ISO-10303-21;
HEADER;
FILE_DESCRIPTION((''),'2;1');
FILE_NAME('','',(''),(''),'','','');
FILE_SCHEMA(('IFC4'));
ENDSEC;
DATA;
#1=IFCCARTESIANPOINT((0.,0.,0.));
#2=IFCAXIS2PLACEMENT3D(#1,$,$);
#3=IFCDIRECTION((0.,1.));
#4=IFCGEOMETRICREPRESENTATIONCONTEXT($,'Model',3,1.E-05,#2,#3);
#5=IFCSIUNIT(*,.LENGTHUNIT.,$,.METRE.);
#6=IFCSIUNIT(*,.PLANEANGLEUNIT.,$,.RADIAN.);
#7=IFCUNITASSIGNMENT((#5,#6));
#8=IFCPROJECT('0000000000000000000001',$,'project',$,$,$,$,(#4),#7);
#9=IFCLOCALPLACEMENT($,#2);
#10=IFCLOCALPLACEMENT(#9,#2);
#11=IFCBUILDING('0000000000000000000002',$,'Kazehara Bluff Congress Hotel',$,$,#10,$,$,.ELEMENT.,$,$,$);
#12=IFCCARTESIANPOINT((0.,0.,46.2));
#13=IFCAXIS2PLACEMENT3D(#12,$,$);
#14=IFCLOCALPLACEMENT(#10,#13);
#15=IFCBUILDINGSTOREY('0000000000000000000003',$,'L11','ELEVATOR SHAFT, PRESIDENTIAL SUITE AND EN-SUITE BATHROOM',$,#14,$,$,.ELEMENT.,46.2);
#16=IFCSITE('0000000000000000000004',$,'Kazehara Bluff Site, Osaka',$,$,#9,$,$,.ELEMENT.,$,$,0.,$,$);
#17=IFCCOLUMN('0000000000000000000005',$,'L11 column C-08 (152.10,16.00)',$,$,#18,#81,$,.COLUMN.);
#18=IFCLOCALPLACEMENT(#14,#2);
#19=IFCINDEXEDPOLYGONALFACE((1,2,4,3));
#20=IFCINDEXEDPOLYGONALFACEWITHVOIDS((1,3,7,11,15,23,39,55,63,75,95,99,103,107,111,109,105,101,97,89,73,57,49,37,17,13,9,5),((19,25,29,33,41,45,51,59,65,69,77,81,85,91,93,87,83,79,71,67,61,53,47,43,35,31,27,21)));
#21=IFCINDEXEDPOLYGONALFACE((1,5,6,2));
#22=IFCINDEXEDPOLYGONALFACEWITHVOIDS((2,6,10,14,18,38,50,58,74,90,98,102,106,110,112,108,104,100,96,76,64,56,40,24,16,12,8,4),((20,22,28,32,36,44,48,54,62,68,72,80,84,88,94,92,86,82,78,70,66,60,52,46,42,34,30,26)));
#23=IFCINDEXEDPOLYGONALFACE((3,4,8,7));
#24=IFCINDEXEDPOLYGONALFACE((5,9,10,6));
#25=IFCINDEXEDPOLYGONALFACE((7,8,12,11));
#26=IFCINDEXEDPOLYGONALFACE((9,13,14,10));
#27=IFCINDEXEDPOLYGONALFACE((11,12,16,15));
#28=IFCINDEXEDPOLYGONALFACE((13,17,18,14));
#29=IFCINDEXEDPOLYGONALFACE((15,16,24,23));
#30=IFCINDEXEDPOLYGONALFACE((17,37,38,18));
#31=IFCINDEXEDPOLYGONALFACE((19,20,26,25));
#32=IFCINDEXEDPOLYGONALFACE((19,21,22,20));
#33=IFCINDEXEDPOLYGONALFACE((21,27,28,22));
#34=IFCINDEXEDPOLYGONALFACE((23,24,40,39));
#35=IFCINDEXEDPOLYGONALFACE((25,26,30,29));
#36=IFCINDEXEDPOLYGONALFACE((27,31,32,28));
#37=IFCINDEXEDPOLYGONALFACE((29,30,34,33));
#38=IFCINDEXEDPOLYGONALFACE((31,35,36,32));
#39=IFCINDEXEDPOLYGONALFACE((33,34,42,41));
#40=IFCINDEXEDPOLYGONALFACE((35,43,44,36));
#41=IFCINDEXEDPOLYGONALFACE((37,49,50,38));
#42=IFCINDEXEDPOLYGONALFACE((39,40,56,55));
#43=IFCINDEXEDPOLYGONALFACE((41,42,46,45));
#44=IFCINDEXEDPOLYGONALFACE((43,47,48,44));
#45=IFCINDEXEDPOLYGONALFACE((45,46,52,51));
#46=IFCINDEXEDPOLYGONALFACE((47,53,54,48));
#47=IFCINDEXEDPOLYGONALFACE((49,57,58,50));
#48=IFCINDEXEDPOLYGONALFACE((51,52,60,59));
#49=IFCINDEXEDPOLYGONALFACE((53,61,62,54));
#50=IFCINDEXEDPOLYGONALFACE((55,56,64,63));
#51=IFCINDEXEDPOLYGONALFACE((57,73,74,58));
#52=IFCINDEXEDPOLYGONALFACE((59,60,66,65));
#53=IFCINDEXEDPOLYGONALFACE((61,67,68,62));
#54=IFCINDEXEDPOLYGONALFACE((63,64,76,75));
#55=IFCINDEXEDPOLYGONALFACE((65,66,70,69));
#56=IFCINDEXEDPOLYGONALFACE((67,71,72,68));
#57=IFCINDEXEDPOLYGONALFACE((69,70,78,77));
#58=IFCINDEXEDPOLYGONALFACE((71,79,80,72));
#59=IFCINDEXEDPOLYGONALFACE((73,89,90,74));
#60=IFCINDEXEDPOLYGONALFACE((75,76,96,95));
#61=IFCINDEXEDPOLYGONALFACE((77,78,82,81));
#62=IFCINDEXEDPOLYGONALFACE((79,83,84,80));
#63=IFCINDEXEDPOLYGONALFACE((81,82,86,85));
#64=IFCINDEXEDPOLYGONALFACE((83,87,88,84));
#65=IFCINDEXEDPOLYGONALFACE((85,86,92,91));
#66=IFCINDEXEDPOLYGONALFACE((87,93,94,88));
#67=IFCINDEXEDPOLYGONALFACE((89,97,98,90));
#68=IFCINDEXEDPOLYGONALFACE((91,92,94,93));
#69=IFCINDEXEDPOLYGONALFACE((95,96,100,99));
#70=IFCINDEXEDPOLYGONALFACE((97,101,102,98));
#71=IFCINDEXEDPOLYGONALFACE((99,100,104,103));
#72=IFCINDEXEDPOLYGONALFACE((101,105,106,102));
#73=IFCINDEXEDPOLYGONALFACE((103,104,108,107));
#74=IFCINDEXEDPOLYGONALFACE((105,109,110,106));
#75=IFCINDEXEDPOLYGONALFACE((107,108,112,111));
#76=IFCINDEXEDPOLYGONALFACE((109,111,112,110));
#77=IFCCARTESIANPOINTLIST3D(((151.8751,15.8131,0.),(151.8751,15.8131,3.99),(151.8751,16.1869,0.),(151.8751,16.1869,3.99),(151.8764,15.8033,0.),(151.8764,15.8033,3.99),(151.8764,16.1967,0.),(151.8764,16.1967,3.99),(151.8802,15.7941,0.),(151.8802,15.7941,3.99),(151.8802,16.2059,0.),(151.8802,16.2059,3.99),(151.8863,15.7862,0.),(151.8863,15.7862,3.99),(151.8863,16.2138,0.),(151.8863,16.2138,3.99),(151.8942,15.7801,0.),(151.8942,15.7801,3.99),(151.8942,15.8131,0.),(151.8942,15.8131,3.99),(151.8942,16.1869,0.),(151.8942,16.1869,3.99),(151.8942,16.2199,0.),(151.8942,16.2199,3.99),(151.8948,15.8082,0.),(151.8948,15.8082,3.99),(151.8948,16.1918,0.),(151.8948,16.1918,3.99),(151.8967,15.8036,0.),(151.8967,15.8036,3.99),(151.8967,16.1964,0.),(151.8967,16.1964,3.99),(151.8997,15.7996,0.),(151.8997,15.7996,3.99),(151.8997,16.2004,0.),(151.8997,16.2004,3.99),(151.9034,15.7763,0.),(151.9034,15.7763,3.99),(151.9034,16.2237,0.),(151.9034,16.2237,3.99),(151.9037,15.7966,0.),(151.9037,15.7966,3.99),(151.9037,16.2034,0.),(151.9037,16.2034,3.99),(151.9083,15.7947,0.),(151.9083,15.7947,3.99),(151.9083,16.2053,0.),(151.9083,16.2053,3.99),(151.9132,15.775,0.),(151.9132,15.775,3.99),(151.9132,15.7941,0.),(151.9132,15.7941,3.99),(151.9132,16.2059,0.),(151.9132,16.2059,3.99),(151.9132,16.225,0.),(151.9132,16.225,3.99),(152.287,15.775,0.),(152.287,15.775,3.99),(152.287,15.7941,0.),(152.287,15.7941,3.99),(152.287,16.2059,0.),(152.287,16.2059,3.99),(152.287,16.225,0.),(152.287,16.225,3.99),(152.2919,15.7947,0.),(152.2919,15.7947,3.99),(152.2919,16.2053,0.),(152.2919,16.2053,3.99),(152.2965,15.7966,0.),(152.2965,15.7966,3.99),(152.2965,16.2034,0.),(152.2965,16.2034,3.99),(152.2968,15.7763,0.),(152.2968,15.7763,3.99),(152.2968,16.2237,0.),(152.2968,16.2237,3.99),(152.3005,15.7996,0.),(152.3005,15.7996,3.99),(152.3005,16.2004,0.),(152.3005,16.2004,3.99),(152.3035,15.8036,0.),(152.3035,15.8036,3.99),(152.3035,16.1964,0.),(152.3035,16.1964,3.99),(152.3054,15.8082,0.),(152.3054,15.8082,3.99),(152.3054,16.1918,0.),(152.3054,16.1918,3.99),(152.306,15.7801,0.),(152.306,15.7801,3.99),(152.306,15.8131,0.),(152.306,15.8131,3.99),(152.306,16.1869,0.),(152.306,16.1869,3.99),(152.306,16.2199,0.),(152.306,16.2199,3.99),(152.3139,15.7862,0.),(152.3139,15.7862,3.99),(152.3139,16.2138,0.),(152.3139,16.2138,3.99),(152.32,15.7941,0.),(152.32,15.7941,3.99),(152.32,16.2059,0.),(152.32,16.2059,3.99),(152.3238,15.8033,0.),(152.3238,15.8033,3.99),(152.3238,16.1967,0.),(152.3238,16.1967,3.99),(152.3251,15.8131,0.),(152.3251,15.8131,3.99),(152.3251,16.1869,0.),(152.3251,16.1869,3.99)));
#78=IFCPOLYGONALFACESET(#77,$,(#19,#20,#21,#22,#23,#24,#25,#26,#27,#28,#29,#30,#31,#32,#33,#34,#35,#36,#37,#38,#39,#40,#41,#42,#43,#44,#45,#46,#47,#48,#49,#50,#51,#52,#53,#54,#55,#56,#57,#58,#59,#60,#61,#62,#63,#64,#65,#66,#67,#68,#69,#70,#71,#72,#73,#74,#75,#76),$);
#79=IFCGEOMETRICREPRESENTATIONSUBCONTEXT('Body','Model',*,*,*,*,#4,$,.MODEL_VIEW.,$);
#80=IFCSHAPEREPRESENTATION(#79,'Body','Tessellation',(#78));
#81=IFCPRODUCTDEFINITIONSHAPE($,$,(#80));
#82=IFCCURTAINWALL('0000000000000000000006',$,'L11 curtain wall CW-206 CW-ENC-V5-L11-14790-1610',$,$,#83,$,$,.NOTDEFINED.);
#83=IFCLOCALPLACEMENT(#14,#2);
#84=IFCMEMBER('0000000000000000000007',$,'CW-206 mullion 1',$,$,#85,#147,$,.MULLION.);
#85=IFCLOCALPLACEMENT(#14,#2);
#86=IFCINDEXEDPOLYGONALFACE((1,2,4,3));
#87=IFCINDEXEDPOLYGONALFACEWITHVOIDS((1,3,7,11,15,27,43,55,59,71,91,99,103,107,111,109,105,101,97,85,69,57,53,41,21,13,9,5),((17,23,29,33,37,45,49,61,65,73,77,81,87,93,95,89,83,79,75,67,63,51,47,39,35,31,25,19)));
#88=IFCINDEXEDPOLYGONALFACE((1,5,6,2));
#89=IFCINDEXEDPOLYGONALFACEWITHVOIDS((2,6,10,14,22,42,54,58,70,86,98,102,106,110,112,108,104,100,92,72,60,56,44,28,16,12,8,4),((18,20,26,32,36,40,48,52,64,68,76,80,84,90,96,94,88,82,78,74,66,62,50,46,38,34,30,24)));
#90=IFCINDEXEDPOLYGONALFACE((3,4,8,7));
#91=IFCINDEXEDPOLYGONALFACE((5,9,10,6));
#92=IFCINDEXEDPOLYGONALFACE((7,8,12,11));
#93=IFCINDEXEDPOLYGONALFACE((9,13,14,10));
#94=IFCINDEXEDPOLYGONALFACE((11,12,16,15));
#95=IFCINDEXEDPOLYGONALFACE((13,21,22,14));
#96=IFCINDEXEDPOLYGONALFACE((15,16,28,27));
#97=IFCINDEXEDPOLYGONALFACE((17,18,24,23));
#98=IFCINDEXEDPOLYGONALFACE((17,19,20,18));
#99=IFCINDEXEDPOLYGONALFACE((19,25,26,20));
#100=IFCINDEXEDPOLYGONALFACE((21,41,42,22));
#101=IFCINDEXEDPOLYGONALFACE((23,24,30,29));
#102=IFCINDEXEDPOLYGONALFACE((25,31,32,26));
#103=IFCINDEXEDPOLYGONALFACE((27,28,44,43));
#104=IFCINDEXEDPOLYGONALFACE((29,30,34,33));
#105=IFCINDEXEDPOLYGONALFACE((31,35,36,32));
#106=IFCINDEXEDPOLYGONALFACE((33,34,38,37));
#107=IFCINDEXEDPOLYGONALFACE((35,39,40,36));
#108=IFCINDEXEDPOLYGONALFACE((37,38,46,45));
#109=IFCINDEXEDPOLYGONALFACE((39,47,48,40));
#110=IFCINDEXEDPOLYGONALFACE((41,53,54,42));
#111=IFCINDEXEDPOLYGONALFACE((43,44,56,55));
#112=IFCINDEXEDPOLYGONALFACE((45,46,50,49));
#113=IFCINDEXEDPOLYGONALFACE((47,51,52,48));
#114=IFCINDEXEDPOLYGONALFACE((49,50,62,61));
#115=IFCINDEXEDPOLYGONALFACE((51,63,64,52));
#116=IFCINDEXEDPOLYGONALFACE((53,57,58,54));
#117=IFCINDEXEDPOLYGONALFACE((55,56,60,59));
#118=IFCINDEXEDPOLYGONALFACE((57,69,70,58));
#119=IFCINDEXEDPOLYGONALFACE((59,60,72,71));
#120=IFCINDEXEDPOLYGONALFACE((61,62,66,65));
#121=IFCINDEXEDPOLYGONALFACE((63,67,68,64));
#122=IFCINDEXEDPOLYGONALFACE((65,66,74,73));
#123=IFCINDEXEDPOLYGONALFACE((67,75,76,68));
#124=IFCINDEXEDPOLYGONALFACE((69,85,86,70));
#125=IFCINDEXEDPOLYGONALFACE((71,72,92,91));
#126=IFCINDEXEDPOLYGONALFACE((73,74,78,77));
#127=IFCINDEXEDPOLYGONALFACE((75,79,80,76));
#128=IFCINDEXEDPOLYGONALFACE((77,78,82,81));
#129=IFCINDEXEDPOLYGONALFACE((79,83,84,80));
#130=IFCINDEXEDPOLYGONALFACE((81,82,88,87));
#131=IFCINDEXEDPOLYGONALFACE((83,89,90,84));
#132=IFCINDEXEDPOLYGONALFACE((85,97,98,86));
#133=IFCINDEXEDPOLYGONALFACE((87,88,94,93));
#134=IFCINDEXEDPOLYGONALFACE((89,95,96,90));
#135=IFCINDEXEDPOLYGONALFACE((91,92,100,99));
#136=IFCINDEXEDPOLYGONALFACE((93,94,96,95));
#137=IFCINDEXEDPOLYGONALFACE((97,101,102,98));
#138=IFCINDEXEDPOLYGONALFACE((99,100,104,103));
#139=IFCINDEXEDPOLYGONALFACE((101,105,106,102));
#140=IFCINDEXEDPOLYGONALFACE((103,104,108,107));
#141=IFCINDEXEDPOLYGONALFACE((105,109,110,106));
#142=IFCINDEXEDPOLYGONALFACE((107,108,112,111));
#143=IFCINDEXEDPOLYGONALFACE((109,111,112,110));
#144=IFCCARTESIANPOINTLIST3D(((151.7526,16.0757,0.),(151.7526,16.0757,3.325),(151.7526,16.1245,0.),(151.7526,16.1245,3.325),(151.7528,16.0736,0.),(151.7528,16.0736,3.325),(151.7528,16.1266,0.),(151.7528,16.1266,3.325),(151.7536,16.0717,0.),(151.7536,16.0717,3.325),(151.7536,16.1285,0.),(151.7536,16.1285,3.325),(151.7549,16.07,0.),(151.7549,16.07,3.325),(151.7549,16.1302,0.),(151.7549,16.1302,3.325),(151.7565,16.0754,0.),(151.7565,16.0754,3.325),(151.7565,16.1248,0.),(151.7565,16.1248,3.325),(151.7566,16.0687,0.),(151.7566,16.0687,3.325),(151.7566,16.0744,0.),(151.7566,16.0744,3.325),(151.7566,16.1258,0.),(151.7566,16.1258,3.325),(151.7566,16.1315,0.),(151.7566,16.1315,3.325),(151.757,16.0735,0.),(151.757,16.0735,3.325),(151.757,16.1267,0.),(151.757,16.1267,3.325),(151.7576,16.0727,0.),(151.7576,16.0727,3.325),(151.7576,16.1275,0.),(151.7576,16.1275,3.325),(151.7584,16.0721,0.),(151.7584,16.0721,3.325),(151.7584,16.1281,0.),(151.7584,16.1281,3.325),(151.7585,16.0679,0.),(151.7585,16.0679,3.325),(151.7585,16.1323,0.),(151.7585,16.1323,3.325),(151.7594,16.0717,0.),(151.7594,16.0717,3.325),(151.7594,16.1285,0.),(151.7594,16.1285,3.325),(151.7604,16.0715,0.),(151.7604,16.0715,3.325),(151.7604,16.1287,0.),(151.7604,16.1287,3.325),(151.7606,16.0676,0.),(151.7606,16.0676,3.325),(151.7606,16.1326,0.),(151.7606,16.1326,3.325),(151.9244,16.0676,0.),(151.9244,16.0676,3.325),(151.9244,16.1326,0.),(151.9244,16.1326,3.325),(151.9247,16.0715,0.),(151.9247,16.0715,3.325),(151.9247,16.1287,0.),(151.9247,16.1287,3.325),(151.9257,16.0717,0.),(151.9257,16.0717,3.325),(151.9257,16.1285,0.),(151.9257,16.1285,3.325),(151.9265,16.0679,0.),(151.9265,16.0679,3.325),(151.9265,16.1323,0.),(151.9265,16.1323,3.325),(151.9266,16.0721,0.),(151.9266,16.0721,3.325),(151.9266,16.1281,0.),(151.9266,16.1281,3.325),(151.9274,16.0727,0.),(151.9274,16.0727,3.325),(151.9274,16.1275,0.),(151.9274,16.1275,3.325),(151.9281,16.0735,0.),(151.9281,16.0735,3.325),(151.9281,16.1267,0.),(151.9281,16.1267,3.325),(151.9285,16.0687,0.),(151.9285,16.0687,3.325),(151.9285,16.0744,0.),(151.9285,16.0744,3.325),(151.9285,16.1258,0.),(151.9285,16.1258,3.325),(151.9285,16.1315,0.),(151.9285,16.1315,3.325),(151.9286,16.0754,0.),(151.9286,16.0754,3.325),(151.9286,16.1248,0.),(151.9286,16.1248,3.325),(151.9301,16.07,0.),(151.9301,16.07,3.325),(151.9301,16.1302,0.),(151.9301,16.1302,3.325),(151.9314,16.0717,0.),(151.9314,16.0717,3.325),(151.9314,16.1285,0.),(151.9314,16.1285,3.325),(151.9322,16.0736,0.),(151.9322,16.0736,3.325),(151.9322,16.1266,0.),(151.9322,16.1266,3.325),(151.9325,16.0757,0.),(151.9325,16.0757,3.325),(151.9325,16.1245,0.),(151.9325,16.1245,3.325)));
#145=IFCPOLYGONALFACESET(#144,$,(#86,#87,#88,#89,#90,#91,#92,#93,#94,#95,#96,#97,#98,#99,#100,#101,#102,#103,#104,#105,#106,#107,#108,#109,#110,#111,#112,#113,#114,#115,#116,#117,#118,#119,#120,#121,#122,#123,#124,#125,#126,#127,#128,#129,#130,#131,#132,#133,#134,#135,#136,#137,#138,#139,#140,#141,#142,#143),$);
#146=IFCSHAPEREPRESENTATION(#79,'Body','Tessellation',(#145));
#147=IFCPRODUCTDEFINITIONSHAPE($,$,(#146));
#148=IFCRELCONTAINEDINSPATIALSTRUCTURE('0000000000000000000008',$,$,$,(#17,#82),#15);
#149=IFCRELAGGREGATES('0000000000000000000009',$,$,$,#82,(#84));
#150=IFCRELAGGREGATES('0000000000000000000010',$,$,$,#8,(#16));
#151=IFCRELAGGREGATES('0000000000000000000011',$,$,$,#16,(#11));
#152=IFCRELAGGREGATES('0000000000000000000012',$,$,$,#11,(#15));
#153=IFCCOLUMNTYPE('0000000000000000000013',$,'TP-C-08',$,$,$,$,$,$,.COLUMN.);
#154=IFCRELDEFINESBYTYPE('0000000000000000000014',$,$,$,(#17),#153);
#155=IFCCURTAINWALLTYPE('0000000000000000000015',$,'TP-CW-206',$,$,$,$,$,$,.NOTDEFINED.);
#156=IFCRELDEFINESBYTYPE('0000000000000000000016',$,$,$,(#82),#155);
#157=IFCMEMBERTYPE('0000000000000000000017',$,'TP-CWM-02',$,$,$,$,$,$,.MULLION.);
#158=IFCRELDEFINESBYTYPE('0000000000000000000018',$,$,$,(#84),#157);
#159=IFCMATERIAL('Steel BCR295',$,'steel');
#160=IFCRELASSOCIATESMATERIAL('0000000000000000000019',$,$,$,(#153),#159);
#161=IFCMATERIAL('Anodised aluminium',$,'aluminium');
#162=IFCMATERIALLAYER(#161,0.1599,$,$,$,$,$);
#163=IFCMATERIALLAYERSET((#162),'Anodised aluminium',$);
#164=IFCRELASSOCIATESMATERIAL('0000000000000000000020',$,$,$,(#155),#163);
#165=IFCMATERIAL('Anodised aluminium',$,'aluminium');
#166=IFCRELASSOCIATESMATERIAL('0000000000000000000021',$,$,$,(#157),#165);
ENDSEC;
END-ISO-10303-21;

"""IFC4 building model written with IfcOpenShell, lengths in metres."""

from ifc_helpers import new_model, si_unit, direction, frame, origin, origin_2d, place, context, subcontext, project, spatial, hollow_rectangle, extrude, material, layer, layer_set, material_profile, profile_set, type_object, element, aggregate, save


model = new_model("IFC4")

# Units and contexts
model_context = context("Model", 3, precision=1e-05, world=origin(), true_north=direction((0.0, 1.0)))
body_context = subcontext(model_context, "Body", "Model", "MODEL_VIEW")
ifc_project = project(units=[si_unit("LENGTHUNIT", "METRE"), si_unit("PLANEANGLEUNIT", "RADIAN")], contexts=[model_context])

# Site, building, storey
site_placement = place(None, origin())
site = spatial("IfcSite", under=ifc_project, at=site_placement, Name="Kazehara Bluff Site, Osaka", CompositionType="ELEMENT", RefElevation=0.0)
building_placement = place(site_placement, origin())
building = spatial("IfcBuilding", under=site, at=building_placement, Name="Kazehara Bluff Congress Hotel", CompositionType="ELEMENT")
storey_placement = place(building_placement, frame((0.0, 0.0, 46.2)))
storey = spatial("IfcBuildingStorey", under=building, at=storey_placement, Name="L11", Description="ELEVATOR SHAFT, PRESIDENTIAL SUITE AND EN-SUITE BATHROOM", CompositionType="ELEMENT", Elevation=46.2)

# Column
ifc_material_1 = material(Name="Steel BCR295", Category="steel")
ifc_material_profile_1 = material_profile(ifc_material_1, hollow_rectangle(XDim=0.45, YDim=0.45, WallThickness=0.019, InnerFilletRadius=0.019, OuterFilletRadius=0.0381, at=origin_2d()))
ifc_profile_set_1 = profile_set([ifc_material_profile_1], Name="Steel BCR295")
column_type = type_object("IfcColumnType", Name="TP-C-08", PredefinedType="COLUMN", material=ifc_profile_set_1)
column_placement = place(storey_placement, frame((152.1001, 16.0, 0.0), z_axis=(0.0, 0.0, 1.0), x_axis=(1.0, 0.0, 0.0)))
element("IfcColumn", 1, at=column_placement, inside=storey, type_object=column_type, Name="L11 column C-08 (152.10,16.00)", PredefinedType="COLUMN", context=body_context, shape_type="SweptSolid", body=[
    extrude(hollow_rectangle(XDim=0.45, YDim=0.45, WallThickness=0.019, InnerFilletRadius=0.019, OuterFilletRadius=0.0381, at=origin_2d()), origin(), (0.0, 0.0, 1.0), 3.99),
])

# Curtain wall, member
ifc_material_2 = material(Name="Anodised aluminium", Category="aluminium")
ifc_layer_1 = layer(ifc_material_2, 0.1599)
ifc_layer_set_1 = layer_set([ifc_layer_1], Name="Anodised aluminium")
curtain_wall_type = type_object("IfcCurtainWallType", Name="TP-CW-206", PredefinedType="NOTDEFINED", material=ifc_layer_set_1)
curtain_wall_1_placement = place(storey_placement, origin())
curtain_wall_1 = element("IfcCurtainWall", 2, at=curtain_wall_1_placement, inside=storey, type_object=curtain_wall_type, Name="L11 curtain wall CW-206 CW-ENC-V5-L11-14790-1610", PredefinedType="NOTDEFINED")
ifc_material_3 = material(Name="Anodised aluminium", Category="aluminium")
ifc_material_profile_2 = material_profile(ifc_material_3, hollow_rectangle(XDim=0.0649, YDim=0.1799, WallThickness=0.0039, InnerFilletRadius=0.0039, OuterFilletRadius=0.0081, at=origin_2d()))
ifc_profile_set_2 = profile_set([ifc_material_profile_2], Name="Anodised aluminium")
member_type_1 = type_object("IfcMemberType", Name="TP-CWM-02", PredefinedType="MULLION", material=ifc_profile_set_2)
member_1_placement = place(storey_placement, frame((151.8425, 16.1001, 0.0), z_axis=(0.0, 0.0, 1.0), x_axis=(0.0, -1.0, 0.0)))
member_1 = element("IfcMember", 3, at=member_1_placement, type_object=member_type_1, Name="CW-206 mullion 1", PredefinedType="MULLION", context=body_context, shape_type="SweptSolid", body=[
    extrude(hollow_rectangle(XDim=0.0649, YDim=0.1799, WallThickness=0.0039, InnerFilletRadius=0.0039, OuterFilletRadius=0.0081, at=origin_2d()), origin(), (0.0, 0.0, 1.0), 3.325),
])

aggregate(curtain_wall_1, [member_1])

save(model, "model.ifc")
